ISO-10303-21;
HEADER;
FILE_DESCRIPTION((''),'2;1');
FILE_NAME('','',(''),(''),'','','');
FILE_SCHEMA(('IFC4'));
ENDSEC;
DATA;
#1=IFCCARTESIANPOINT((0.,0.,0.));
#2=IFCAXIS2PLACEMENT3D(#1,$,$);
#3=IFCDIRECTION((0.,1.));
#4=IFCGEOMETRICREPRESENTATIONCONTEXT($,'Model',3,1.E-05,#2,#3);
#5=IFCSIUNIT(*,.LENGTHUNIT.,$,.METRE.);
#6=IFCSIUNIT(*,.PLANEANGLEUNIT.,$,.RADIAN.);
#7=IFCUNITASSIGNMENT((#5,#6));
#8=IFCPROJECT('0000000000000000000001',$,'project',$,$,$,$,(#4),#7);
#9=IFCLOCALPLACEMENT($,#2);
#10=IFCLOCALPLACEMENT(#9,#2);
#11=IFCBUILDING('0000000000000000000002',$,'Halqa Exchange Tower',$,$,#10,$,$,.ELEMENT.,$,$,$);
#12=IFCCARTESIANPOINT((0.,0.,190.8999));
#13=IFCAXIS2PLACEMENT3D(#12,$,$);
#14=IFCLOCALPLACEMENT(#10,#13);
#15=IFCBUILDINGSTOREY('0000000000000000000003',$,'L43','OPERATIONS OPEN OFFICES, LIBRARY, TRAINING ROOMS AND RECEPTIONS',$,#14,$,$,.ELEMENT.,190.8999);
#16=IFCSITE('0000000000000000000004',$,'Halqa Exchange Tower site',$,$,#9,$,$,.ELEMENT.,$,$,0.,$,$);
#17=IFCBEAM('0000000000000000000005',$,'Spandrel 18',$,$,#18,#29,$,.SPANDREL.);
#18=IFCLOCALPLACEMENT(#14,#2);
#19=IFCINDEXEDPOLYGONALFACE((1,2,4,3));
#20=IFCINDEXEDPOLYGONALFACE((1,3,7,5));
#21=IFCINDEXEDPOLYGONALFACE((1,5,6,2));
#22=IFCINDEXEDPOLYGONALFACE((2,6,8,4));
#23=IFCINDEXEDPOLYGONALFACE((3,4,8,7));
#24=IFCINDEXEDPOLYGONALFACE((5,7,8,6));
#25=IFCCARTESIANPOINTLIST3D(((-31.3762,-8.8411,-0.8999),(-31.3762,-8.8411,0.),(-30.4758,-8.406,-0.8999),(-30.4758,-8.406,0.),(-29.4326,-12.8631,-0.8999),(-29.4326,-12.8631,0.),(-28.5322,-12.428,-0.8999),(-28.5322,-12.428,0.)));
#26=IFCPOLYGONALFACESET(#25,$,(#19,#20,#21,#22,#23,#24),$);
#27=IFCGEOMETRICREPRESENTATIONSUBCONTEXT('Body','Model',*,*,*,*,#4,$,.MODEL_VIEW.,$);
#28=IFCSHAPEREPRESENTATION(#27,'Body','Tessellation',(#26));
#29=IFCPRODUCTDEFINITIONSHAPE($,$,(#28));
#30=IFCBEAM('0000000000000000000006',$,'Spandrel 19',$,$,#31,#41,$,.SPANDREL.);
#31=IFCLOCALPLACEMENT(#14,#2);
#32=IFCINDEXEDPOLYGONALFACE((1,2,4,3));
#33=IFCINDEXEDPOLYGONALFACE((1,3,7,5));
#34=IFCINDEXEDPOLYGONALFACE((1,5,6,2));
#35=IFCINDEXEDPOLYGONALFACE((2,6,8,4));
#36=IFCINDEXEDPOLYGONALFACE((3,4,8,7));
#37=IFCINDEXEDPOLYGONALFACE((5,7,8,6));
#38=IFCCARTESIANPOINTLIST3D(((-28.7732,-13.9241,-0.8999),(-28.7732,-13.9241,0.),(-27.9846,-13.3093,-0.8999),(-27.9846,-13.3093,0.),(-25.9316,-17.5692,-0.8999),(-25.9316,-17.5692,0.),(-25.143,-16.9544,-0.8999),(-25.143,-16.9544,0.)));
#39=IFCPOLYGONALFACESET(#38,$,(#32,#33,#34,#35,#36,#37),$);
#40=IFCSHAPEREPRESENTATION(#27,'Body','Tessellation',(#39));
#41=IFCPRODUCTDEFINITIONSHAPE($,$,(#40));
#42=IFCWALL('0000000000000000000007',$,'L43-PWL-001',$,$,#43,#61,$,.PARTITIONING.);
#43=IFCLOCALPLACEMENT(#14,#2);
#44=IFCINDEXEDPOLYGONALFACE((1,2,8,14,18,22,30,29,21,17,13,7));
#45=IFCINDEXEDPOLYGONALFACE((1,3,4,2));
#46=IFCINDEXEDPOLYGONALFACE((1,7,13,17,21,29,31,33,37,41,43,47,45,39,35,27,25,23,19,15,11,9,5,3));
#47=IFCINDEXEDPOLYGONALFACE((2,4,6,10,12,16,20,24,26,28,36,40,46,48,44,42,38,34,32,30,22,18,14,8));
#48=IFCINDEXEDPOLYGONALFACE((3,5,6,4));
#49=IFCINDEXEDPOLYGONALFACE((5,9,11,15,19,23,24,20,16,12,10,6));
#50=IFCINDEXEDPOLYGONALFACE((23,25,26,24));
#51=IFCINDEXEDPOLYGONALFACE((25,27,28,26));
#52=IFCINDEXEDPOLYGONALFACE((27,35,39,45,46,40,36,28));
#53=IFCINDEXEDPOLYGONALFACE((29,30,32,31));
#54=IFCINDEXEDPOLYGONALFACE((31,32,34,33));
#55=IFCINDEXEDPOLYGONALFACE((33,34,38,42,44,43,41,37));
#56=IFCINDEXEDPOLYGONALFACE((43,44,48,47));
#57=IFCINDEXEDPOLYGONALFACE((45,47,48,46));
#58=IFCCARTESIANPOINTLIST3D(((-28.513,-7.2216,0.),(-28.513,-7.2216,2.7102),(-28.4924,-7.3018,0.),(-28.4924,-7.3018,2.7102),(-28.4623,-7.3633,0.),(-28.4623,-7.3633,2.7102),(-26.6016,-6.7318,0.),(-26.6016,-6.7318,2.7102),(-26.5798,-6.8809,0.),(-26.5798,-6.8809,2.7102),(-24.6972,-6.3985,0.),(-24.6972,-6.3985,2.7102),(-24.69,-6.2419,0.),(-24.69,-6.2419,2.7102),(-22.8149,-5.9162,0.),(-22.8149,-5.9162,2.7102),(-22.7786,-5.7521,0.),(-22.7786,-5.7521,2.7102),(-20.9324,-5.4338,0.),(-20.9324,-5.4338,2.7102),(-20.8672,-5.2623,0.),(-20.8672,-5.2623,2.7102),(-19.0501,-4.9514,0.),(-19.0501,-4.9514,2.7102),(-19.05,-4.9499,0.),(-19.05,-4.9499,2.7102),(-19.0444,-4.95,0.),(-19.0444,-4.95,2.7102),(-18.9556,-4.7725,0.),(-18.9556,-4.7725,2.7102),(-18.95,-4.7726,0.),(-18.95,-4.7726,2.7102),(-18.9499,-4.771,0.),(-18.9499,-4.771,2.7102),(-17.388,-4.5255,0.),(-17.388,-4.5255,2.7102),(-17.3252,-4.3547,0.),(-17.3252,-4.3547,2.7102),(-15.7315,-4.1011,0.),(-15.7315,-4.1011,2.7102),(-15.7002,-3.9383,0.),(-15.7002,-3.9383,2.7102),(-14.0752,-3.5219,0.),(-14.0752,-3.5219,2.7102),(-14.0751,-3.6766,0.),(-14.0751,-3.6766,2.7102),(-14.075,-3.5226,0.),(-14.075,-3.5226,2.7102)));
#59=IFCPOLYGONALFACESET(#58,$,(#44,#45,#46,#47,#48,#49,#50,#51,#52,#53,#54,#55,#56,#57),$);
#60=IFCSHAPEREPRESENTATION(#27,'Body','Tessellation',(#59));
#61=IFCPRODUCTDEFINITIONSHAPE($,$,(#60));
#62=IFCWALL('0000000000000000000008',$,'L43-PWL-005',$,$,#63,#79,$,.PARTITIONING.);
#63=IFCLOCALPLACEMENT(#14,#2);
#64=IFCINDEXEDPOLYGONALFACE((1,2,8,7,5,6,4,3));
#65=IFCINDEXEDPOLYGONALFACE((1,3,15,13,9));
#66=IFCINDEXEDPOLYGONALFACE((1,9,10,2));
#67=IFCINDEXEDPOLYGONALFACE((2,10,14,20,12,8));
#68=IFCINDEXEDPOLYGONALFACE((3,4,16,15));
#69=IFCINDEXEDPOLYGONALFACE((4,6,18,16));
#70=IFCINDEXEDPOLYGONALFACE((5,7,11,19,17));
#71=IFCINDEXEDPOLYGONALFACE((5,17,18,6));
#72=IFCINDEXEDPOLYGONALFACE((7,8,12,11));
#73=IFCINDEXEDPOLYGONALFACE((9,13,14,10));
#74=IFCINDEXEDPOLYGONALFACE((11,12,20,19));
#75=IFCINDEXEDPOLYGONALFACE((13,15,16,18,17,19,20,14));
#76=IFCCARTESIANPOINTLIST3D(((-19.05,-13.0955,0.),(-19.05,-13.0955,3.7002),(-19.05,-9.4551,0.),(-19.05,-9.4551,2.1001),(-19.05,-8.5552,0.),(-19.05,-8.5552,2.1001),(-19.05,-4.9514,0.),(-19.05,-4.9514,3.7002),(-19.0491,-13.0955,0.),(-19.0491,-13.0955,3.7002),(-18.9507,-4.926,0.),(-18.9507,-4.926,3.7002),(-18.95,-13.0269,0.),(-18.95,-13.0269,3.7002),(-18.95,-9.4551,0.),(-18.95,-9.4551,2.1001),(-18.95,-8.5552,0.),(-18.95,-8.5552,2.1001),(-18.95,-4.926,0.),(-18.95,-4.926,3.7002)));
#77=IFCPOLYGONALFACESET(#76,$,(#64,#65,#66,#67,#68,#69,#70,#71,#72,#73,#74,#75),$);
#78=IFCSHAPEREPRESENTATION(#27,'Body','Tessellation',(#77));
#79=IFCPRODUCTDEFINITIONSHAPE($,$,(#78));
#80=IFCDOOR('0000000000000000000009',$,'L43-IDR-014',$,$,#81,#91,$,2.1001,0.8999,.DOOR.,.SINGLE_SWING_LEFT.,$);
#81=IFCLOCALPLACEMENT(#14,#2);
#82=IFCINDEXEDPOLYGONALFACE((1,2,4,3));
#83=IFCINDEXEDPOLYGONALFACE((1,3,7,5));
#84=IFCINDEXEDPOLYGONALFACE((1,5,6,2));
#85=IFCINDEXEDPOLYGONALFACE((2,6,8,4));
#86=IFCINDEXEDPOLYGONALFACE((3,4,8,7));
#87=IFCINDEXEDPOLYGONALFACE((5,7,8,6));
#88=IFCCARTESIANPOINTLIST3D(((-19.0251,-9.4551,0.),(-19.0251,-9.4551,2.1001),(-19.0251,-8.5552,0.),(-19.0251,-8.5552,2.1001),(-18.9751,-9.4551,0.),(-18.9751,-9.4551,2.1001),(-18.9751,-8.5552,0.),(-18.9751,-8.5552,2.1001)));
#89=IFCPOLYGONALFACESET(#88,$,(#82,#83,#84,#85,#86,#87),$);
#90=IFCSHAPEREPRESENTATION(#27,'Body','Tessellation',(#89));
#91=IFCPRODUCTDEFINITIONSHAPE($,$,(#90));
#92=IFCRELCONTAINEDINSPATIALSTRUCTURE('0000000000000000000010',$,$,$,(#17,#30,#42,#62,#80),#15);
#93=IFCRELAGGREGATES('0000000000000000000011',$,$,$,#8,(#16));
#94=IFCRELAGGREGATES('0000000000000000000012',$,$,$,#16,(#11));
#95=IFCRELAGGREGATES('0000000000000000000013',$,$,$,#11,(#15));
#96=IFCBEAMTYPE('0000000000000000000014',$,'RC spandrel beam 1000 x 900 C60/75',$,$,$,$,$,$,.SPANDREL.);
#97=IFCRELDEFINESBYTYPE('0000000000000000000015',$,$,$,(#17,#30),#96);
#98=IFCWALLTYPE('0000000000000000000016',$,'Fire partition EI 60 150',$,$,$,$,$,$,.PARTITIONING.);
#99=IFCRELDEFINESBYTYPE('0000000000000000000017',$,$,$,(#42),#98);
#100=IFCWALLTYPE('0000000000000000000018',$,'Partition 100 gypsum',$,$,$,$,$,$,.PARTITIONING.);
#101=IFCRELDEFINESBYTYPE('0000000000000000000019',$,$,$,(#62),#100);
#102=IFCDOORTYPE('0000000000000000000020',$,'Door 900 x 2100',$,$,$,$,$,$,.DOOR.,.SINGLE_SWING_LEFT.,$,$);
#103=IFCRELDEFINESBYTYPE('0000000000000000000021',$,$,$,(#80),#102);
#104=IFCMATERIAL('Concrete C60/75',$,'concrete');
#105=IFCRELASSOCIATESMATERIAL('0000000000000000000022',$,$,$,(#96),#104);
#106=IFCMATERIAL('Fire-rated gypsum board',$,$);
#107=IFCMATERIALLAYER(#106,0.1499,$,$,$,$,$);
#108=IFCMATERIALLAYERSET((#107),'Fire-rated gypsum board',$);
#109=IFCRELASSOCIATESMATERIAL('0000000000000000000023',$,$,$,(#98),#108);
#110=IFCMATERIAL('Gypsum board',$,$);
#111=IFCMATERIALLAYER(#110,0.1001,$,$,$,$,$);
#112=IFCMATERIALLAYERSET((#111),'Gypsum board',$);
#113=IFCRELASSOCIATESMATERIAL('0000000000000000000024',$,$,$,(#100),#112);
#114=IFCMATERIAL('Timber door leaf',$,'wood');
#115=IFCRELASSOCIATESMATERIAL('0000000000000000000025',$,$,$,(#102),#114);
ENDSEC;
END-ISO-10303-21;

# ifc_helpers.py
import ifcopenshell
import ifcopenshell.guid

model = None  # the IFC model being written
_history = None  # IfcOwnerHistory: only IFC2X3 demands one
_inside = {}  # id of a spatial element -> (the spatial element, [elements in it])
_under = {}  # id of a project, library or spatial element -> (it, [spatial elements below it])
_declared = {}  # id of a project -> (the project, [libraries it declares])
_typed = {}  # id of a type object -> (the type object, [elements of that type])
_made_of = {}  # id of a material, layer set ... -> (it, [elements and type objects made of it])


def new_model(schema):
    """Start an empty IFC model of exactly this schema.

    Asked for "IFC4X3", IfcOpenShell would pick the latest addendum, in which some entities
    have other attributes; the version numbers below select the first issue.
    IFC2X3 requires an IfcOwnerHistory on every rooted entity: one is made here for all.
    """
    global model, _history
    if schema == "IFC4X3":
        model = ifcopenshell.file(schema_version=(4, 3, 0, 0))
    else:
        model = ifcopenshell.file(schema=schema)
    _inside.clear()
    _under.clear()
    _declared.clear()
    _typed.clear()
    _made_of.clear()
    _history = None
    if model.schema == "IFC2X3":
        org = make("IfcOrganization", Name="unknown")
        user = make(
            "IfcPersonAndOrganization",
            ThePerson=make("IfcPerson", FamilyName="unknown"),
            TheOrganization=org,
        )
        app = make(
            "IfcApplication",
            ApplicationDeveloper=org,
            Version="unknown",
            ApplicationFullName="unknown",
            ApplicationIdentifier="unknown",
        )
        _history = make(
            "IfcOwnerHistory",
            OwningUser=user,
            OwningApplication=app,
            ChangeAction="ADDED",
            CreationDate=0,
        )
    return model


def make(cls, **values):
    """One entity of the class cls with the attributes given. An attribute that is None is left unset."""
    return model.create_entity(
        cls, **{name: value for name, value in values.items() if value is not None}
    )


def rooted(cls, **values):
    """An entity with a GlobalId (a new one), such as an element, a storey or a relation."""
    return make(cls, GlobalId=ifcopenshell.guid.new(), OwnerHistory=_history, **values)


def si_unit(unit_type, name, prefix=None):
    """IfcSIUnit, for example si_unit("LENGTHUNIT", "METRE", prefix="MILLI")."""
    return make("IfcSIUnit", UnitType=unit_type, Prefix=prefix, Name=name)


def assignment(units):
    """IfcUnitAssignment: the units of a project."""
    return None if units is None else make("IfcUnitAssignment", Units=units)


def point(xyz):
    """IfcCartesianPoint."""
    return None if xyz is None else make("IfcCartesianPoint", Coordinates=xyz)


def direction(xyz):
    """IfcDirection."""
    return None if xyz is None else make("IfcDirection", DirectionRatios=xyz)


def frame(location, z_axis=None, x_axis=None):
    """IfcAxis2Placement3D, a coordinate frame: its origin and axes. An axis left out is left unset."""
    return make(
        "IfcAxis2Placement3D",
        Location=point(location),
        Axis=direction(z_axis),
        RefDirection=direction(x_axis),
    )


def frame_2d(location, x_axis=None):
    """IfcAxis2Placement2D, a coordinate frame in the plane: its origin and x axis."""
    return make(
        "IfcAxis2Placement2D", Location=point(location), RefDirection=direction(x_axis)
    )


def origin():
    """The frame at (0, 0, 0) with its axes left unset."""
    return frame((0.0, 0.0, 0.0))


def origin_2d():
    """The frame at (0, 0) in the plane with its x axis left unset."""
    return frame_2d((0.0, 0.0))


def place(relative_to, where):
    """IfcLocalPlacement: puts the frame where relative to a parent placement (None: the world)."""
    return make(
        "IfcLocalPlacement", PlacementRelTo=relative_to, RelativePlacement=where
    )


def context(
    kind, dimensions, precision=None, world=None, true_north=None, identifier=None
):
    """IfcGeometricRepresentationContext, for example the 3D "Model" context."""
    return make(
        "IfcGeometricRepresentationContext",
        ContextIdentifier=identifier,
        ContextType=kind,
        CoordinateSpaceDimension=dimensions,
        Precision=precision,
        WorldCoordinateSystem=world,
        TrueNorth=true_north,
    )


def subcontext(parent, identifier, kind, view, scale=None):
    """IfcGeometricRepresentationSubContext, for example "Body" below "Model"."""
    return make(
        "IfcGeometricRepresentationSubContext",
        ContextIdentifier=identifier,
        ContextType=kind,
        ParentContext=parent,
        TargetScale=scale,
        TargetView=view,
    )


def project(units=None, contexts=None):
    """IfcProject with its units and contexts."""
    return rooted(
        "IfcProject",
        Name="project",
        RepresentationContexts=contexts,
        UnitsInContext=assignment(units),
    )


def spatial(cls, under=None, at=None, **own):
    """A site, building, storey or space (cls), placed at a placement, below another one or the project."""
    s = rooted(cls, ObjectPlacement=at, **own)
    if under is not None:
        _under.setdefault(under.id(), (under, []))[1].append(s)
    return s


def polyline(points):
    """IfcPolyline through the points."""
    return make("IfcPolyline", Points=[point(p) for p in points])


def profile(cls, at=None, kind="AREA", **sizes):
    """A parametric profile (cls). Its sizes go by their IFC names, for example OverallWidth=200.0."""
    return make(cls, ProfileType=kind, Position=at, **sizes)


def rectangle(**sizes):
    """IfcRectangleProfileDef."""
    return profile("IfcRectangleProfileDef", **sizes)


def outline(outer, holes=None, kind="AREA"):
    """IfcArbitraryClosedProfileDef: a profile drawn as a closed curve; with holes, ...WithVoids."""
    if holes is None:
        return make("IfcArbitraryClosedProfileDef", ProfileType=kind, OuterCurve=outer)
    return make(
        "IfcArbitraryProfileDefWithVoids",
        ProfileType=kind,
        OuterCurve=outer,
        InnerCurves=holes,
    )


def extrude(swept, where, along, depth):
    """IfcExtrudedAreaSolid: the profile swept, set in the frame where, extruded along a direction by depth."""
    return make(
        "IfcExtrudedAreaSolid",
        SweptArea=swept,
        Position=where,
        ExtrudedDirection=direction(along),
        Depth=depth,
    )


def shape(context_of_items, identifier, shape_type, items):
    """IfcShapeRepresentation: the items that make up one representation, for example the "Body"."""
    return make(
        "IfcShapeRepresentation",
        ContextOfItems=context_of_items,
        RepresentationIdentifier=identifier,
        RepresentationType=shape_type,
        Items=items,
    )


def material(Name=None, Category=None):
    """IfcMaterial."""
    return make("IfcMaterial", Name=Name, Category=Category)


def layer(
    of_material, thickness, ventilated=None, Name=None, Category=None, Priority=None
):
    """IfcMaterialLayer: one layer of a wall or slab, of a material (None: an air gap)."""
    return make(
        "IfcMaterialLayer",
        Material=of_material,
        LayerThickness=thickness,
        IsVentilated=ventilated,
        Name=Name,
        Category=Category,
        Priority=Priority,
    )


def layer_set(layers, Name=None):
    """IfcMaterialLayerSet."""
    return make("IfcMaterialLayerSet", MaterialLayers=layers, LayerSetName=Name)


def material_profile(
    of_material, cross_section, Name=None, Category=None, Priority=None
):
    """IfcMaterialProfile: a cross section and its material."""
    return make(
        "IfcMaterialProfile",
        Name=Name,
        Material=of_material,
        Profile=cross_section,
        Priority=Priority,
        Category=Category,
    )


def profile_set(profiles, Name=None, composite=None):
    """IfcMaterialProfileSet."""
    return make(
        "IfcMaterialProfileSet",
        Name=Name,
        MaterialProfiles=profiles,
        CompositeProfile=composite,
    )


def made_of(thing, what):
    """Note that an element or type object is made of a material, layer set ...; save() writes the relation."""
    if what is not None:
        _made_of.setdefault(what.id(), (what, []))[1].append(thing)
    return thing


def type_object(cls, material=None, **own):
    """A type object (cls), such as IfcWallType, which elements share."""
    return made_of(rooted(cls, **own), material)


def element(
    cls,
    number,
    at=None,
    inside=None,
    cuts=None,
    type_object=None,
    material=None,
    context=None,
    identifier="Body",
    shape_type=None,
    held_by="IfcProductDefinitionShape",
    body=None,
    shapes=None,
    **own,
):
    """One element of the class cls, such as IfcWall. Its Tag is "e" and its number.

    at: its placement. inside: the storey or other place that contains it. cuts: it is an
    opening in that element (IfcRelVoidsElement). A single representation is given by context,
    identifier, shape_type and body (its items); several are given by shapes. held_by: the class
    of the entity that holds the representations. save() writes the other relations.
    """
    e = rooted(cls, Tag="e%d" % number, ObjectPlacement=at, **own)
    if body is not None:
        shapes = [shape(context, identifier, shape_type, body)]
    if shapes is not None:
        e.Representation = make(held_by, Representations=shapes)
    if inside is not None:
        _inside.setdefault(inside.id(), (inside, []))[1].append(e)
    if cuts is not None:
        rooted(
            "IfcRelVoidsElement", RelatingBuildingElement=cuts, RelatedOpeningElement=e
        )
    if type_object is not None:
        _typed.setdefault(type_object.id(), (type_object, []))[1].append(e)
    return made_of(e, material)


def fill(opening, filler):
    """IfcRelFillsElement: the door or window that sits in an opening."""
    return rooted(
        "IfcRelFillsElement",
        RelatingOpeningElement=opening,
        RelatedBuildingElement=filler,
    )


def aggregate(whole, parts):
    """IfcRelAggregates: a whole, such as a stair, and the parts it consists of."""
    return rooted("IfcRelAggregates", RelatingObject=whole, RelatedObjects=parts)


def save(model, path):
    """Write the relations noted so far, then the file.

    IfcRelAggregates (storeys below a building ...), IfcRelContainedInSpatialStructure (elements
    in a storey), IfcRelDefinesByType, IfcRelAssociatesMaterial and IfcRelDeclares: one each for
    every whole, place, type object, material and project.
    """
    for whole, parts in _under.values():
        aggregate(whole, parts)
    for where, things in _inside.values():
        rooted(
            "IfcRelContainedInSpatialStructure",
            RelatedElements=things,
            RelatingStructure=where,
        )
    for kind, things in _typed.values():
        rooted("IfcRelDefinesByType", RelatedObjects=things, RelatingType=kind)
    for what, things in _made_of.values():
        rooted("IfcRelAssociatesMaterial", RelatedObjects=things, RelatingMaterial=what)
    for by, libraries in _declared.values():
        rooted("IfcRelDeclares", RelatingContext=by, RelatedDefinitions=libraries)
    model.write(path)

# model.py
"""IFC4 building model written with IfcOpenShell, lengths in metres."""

from ifc_helpers import new_model, si_unit, direction, frame, frame_2d, origin, origin_2d, place, context, subcontext, project, spatial, polyline, rectangle, outline, extrude, material, layer, layer_set, material_profile, profile_set, type_object, element, fill, save


model = new_model("IFC4")

# Units and contexts
model_context = context("Model", 3, precision=1e-05, world=origin(), true_north=direction((0.0, 1.0)))
body_context = subcontext(model_context, "Body", "Model", "MODEL_VIEW")
ifc_project = project(units=[si_unit("LENGTHUNIT", "METRE"), si_unit("PLANEANGLEUNIT", "RADIAN")], contexts=[model_context])

# Site, building, storey
site_placement = place(None, origin())
site = spatial("IfcSite", under=ifc_project, at=site_placement, Name="Halqa Exchange Tower site", CompositionType="ELEMENT", RefElevation=0.0)
building_placement = place(site_placement, origin())
building = spatial("IfcBuilding", under=site, at=building_placement, Name="Halqa Exchange Tower", CompositionType="ELEMENT")
storey_placement = place(building_placement, frame((0.0, 0.0, 190.8999)))
storey = spatial("IfcBuildingStorey", under=building, at=storey_placement, Name="L43", Description="OPERATIONS OPEN OFFICES, LIBRARY, TRAINING ROOMS AND RECEPTIONS", CompositionType="ELEMENT", Elevation=190.8999)

# Shared definitions
ifc_material_1 = material(Name="Concrete C60/75", Category="concrete")

# Beams
ifc_material_profile_1 = material_profile(ifc_material_1, rectangle(XDim=1.0, YDim=0.8999, at=origin_2d()), Name="1000 x 900")
ifc_profile_set_1 = profile_set([ifc_material_profile_1], Name="Concrete C60/75")
beam_type_1 = type_object("IfcBeamType", Name="RC spandrel beam 1000 x 900 C60/75", PredefinedType="SPANDREL", material=ifc_profile_set_1)
beam_1_placement = place(storey_placement, frame((-30.926, -8.6235, -0.45), z_axis=(0.435105, -0.90038, 0.0), x_axis=(0.90038, 0.435105, 0.0)))
element("IfcBeam", 1, at=beam_1_placement, inside=storey, type_object=beam_type_1, Name="Spandrel 18", PredefinedType="SPANDREL", context=body_context, shape_type="SweptSolid", body=[
    extrude(rectangle(XDim=1.0, YDim=0.8999, at=origin_2d()), origin(), (0.0, 0.0, 1.0), 4.467),
])
beam_2_placement = place(storey_placement, frame((-28.3789, -13.6167, -0.45), z_axis=(0.614822, -0.788666, 0.0), x_axis=(0.788666, 0.614822, 0.0)))
element("IfcBeam", 2, at=beam_2_placement, inside=storey, type_object=beam_type_1, Name="Spandrel 19", PredefinedType="SPANDREL", context=body_context, shape_type="SweptSolid", body=[
    extrude(rectangle(XDim=1.0, YDim=0.8999, at=origin_2d()), origin(), (0.0, 0.0, 1.0), 4.6218),
])

# Wall
ifc_material_2 = material(Name="Fire-rated gypsum board")
ifc_layer_1 = layer(ifc_material_2, 0.1499)
ifc_layer_set_1 = layer_set([ifc_layer_1], Name="Fire-rated gypsum board")
wall_type_1 = type_object("IfcWallType", Name="Fire partition EI 60 150", PredefinedType="PARTITIONING", material=ifc_layer_set_1)
wall_1_placement = place(storey_placement, frame((-28.4944, -7.2942, 0.0), z_axis=(0.0, 0.0, 1.0), x_axis=(0.968701, 0.248232, 0.0)))
element("IfcWall", 3, at=wall_1_placement, inside=storey, type_object=wall_type_1, Name="L43-PWL-001", PredefinedType="PARTITIONING", context=body_context, shape_type="SweptSolid", body=[
    extrude(outline(polyline([(0.0139, -0.075), (1.9573, -0.075), (3.9006, -0.075), (5.8438, -0.075), (7.7871, -0.075), (9.7302, -0.075), (9.7307, -0.0735), (9.7361, -0.075), (11.446, -0.075), (13.156, -0.075), (14.866, -0.075), (14.9043, 0.0742), (14.9043, 0.075), (13.2268, 0.075), (11.5493, 0.075), (9.8721, 0.075), (9.8716, 0.0735), (9.8662, 0.075), (7.8928, 0.075), (5.9197, 0.075), (3.9465, 0.075), (1.9731, 0.075), (0.0, 0.075), (0.0, -0.0078), (0.0139, -0.075)])), origin(), (0.0, 0.0, 1.0), 2.7102),
])

# Wall, opening, door
ifc_material_3 = material(Name="Gypsum board")
ifc_layer_2 = layer(ifc_material_3, 0.1001)
ifc_layer_set_2 = layer_set([ifc_layer_2], Name="Gypsum board")
wall_type_2 = type_object("IfcWallType", Name="Partition 100 gypsum", PredefinedType="PARTITIONING", material=ifc_layer_set_2)
wall_2_placement = place(storey_placement, frame((-19.0, -13.0955, 0.0), z_axis=(0.0, 0.0, 1.0), x_axis=(0.0, 1.0, 0.0)))
wall_2 = element("IfcWall", 4, at=wall_2_placement, inside=storey, type_object=wall_type_2, Name="L43-PWL-005", PredefinedType="PARTITIONING", context=body_context, shape_type="SweptSolid", body=[
    extrude(outline(polyline([(8.1694, -0.05), (8.1694, -0.0493), (8.144, 0.05), (6.5151, 0.05), (4.8865, 0.05), (3.2576, 0.05), (1.6289, 0.05), (0.0, 0.05), (0.0, 0.0491), (0.0686, -0.05), (1.6887, -0.05), (3.3091, -0.05), (4.9292, -0.05), (6.5493, -0.05), (8.1694, -0.05)])), origin(), (0.0, 0.0, 1.0), 3.7002),
])
opening_1_placement = place(wall_2_placement, frame((3.6404, 0.0, 0.0)))
opening_1 = element("IfcOpeningElement", 5, at=opening_1_placement, cuts=wall_2, PredefinedType="OPENING", context=body_context, shape_type="SweptSolid", body=[
    extrude(rectangle(XDim=0.8999, YDim=2.1001, at=frame_2d((0.45, 1.05))), frame((0.0, 0.062, 0.0), z_axis=(0.0, -1.0, 0.0), x_axis=(1.0, 0.0, 0.0)), (0.0, 0.0, 1.0), 0.124),
])
ifc_material_4 = material(Name="Timber door leaf", Category="wood")
door_type_1 = type_object("IfcDoorType", Name="Door 900 x 2100", OperationType="SINGLE_SWING_LEFT", PredefinedType="DOOR", material=ifc_material_4)
door_1_placement = place(opening_1_placement, frame((0.8999, 0.0, 0.0), z_axis=(0.0, 0.0, 1.0), x_axis=(-1.0, 0.0, 0.0)))
door_1 = element("IfcDoor", 6, at=door_1_placement, inside=storey, type_object=door_type_1, Name="L43-IDR-014", OperationType="SINGLE_SWING_LEFT", OverallHeight=2.1001, OverallWidth=0.8999, PredefinedType="DOOR", context=body_context, shape_type="SweptSolid", body=[
    extrude(rectangle(XDim=0.8999, YDim=2.1001, at=frame_2d((0.45, 1.05))), frame((0.0, 0.0249, 0.0), z_axis=(0.0, -1.0, 0.0), x_axis=(1.0, 0.0, 0.0)), (0.0, 0.0, 1.0), 0.05),
])
fill(opening_1, door_1)

save(model, "model.ifc")
